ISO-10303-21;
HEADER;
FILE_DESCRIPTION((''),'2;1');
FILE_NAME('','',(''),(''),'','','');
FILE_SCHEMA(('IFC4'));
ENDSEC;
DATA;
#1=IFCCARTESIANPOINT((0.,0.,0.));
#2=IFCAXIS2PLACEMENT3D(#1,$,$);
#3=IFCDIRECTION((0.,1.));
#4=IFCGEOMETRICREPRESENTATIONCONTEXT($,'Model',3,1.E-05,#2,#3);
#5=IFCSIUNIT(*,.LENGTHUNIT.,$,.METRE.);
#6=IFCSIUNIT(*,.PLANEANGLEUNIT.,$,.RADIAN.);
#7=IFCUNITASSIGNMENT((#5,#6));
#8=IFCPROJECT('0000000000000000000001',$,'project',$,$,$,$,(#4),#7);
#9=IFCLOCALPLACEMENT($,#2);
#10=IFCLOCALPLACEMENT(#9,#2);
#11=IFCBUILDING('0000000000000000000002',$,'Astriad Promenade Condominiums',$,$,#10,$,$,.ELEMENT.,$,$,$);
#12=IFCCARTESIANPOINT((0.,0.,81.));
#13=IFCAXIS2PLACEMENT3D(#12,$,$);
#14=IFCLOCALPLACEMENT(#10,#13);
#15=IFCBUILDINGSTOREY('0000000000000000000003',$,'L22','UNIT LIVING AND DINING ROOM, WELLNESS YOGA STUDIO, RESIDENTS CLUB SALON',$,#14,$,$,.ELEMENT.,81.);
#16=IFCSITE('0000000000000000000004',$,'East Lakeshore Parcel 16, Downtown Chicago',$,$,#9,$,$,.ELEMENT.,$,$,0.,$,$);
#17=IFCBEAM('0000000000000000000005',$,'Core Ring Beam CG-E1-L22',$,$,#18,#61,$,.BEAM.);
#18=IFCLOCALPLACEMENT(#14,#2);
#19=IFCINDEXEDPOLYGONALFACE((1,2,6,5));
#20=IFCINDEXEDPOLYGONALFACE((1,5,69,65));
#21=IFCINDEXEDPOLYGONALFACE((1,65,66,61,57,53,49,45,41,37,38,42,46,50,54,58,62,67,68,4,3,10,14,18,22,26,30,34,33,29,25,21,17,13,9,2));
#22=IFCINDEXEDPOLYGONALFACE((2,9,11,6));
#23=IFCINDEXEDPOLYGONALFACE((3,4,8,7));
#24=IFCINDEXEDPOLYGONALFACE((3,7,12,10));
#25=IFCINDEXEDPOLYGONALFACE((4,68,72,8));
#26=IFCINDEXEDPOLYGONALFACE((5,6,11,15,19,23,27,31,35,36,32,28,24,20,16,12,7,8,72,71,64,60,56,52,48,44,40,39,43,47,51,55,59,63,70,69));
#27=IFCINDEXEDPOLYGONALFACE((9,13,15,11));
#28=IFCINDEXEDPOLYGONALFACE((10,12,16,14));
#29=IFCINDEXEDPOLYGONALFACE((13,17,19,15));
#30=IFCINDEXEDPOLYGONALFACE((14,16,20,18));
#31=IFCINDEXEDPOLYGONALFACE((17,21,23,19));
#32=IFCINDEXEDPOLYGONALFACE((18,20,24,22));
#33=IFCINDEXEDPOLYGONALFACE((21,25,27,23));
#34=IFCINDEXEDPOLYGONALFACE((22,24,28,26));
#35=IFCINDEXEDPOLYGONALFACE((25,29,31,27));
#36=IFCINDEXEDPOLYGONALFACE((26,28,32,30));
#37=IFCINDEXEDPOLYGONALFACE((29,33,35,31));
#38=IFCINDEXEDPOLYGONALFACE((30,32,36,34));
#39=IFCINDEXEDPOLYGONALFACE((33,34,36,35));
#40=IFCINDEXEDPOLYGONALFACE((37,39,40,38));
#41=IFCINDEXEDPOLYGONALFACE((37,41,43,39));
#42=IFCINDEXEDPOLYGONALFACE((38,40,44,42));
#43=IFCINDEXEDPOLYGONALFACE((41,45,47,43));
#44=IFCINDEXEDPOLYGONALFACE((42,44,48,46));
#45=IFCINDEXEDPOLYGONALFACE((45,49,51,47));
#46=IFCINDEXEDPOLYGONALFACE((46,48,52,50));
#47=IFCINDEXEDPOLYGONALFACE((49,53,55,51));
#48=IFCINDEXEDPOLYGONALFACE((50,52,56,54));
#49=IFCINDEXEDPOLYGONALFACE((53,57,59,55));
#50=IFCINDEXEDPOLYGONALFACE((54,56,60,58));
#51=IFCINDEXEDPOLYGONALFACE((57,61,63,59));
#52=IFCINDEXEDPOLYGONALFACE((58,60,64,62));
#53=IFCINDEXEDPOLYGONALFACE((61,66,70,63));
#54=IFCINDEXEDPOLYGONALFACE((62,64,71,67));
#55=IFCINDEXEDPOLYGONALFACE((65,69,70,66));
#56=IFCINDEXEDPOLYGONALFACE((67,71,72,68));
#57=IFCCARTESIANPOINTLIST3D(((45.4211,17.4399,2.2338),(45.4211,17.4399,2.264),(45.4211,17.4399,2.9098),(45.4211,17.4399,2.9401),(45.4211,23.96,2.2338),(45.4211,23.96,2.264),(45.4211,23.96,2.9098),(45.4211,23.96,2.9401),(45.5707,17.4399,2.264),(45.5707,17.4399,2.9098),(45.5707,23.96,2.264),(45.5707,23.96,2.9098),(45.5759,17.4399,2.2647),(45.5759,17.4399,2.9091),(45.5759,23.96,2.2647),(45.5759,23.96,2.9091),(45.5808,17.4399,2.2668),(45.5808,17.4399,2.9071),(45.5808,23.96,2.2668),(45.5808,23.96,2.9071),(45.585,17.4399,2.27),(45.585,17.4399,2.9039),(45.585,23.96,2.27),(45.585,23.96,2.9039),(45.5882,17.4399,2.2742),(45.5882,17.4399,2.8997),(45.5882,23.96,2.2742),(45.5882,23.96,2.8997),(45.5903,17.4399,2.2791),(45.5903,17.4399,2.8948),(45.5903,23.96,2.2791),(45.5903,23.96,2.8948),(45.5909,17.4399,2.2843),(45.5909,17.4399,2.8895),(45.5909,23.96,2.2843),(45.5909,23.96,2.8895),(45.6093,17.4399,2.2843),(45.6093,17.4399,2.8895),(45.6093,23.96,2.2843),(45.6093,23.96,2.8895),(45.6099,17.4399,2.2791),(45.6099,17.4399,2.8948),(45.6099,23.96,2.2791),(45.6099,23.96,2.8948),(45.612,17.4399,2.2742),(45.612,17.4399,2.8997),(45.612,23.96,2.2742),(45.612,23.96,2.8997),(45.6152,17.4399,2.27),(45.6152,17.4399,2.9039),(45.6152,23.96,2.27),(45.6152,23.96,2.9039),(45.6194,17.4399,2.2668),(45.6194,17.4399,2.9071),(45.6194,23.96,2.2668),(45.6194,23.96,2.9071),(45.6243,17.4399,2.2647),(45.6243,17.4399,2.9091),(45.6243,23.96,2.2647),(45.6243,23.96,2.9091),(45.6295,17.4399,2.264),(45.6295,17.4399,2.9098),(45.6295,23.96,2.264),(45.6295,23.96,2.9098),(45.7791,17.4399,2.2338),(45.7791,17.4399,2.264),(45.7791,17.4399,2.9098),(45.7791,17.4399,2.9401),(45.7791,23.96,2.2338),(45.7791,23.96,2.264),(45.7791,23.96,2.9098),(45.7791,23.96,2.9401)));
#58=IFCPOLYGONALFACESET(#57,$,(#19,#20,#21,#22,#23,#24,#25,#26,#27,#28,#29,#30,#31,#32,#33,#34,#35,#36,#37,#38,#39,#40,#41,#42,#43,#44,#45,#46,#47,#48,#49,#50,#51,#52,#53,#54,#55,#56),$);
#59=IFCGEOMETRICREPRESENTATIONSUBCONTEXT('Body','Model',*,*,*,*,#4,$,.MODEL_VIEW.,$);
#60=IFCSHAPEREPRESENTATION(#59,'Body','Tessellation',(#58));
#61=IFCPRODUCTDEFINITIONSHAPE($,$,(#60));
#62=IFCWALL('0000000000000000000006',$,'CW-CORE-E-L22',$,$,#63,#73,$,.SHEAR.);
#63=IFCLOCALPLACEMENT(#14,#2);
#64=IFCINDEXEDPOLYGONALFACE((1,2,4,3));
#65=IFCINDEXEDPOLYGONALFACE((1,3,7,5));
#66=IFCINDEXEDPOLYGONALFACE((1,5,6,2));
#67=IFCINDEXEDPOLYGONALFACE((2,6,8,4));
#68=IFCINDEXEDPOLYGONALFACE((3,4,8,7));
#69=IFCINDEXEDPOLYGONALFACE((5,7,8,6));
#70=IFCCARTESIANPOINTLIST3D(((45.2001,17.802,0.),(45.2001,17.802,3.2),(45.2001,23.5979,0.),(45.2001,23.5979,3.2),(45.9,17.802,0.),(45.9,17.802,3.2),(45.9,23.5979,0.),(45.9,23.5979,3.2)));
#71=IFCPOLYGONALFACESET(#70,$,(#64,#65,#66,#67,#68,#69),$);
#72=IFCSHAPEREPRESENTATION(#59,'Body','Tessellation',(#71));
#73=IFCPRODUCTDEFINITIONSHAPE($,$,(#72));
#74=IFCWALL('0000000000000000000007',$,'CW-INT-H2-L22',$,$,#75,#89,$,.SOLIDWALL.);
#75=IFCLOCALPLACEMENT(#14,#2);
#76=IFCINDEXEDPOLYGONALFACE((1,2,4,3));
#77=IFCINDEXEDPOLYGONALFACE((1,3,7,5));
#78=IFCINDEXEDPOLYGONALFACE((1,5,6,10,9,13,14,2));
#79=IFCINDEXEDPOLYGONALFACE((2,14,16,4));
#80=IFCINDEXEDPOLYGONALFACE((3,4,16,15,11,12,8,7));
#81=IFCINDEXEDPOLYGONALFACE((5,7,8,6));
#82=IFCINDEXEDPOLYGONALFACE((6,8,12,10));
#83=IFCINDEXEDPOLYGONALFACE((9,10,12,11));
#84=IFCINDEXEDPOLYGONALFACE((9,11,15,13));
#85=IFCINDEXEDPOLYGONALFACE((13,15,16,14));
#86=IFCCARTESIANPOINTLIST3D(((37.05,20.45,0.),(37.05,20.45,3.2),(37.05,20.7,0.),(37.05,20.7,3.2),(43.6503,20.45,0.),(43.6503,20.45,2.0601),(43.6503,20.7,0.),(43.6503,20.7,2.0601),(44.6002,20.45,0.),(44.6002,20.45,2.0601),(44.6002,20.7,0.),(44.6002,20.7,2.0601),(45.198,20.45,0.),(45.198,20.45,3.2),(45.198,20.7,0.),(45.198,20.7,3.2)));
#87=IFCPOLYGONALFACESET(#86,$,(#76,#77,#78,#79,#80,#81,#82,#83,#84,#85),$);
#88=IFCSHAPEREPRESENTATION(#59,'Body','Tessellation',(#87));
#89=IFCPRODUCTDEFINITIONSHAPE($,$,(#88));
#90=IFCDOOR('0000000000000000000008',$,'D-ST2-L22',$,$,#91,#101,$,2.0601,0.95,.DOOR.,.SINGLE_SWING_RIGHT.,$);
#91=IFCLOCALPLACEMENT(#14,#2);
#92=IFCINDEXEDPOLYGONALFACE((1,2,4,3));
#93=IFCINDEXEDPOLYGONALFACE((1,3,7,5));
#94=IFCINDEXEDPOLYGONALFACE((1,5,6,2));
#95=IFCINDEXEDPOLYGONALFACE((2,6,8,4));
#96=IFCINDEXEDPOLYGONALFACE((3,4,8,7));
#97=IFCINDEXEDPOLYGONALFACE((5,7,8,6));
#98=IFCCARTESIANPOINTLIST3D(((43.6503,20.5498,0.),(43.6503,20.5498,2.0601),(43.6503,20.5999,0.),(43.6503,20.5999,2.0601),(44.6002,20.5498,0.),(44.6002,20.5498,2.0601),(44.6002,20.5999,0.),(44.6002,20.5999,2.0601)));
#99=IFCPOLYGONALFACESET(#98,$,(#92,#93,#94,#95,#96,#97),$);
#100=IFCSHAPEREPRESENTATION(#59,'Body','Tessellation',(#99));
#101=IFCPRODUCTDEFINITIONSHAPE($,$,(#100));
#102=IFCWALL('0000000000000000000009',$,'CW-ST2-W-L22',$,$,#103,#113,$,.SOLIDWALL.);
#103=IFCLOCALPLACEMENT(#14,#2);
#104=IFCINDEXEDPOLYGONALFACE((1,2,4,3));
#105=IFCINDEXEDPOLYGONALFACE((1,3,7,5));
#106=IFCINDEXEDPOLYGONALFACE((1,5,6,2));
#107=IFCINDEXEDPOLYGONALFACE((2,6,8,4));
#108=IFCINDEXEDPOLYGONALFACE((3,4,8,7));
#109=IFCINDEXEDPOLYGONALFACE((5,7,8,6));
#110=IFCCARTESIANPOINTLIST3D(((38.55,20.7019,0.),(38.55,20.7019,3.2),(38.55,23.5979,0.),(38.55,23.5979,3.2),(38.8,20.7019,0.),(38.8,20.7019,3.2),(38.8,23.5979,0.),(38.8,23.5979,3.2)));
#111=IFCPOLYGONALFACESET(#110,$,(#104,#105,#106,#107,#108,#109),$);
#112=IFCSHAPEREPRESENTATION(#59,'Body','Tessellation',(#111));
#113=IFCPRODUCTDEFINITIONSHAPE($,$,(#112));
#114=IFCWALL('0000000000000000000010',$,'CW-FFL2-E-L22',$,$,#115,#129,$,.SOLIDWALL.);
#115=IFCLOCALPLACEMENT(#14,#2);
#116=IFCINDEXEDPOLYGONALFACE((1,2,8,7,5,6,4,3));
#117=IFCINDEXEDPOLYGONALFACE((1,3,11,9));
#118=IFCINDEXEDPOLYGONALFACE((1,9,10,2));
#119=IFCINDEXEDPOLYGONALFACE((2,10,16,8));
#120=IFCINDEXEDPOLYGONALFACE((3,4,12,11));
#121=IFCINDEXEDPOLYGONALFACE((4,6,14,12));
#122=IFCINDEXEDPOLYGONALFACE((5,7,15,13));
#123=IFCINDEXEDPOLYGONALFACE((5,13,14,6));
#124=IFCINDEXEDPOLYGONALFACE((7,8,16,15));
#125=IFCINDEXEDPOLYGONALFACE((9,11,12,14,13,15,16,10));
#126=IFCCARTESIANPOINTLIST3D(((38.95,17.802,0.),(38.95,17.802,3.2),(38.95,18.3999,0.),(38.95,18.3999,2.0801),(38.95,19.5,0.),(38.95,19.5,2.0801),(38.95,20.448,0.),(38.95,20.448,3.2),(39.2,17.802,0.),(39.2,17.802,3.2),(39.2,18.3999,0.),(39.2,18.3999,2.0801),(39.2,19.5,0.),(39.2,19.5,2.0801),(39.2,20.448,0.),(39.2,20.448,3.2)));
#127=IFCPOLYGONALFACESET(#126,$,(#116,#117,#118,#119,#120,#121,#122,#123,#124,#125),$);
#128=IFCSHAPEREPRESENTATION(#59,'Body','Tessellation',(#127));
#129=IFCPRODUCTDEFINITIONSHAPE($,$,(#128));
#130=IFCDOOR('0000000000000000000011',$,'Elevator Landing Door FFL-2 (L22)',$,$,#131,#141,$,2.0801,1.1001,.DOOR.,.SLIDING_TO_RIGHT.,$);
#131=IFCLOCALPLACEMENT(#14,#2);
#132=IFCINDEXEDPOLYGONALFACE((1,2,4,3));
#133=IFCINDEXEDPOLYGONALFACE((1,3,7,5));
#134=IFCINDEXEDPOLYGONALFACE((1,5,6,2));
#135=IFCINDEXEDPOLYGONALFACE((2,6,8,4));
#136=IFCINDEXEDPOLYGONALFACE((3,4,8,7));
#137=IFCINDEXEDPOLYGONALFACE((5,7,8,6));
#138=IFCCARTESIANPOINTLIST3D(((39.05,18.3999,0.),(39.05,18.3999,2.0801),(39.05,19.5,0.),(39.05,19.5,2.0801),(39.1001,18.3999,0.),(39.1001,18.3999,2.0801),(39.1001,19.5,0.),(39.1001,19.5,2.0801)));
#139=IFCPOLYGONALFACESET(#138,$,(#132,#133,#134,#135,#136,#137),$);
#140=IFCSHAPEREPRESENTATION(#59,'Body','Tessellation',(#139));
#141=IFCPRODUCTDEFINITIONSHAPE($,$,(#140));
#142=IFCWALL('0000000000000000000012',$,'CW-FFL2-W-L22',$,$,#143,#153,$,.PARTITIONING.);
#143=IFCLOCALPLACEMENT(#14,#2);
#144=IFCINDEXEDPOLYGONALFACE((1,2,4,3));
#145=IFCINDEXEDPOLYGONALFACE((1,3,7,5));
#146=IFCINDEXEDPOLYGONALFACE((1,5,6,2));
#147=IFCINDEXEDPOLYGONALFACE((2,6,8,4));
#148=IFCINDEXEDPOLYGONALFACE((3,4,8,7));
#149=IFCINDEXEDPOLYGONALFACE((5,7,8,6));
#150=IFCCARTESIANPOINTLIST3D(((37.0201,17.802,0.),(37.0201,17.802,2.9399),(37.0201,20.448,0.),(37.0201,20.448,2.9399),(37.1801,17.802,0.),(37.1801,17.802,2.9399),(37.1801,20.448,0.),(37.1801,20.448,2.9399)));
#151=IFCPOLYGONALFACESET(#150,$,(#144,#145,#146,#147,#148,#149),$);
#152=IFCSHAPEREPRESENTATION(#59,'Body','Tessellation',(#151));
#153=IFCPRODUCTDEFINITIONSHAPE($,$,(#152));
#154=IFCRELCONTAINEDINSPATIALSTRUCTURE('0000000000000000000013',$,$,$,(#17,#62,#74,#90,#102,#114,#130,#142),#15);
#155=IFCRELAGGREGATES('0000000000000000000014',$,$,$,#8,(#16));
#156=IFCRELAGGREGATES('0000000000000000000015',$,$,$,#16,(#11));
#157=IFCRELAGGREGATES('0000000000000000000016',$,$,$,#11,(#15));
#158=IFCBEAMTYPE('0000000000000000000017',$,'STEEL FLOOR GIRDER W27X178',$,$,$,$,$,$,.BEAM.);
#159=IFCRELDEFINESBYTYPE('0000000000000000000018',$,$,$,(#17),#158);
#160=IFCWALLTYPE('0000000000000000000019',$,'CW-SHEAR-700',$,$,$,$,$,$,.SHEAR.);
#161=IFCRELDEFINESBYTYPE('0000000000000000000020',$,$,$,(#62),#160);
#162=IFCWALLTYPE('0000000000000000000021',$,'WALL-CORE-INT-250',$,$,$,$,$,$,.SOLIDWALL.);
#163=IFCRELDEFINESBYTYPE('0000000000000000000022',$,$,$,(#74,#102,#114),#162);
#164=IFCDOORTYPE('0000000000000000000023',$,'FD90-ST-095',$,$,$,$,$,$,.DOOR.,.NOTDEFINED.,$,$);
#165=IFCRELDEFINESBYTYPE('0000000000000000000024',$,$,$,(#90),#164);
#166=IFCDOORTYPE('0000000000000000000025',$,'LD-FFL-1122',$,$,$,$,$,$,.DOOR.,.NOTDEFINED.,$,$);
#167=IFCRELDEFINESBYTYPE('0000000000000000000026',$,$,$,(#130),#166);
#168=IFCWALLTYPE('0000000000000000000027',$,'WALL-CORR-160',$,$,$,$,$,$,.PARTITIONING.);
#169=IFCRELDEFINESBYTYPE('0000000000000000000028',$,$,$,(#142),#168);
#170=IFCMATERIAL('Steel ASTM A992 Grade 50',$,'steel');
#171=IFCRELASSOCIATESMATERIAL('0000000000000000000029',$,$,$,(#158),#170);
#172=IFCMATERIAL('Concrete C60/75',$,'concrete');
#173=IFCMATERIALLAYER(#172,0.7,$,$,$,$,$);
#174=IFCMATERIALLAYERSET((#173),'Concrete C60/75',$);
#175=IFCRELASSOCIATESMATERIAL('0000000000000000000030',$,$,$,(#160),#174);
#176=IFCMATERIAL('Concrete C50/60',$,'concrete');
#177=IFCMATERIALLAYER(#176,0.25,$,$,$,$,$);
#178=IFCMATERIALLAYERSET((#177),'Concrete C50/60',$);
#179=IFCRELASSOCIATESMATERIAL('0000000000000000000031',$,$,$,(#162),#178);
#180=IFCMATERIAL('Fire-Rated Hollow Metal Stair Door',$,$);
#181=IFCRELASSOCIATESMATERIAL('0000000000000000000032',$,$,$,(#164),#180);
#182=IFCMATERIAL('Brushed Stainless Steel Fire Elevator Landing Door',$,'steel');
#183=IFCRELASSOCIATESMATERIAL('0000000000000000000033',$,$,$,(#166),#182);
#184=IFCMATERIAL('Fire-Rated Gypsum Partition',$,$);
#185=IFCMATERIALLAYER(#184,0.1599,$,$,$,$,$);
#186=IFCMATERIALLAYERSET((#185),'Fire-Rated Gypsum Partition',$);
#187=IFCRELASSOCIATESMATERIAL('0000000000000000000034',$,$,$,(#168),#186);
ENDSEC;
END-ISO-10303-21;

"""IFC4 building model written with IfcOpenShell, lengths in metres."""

from ifc_helpers import new_model, si_unit, direction, frame, frame_2d, origin, origin_2d, place, context, subcontext, project, spatial, rectangle, i_section, extrude, source, transform, mapped, material, layer, layer_set, material_profile, profile_set, type_object, type_shapes, element, fill, save


model = new_model("IFC4")

# Units and contexts
model_context = context("Model", 3, precision=1e-05, world=origin(), true_north=direction((0.0, 1.0)))
body_context = subcontext(model_context, "Body", "Model", "MODEL_VIEW")
ifc_project = project(units=[si_unit("LENGTHUNIT", "METRE"), si_unit("PLANEANGLEUNIT", "RADIAN")], contexts=[model_context])

# Site, building, storey
site_placement = place(None, origin())
site = spatial("IfcSite", under=ifc_project, at=site_placement, Name="East Lakeshore Parcel 16, Downtown Chicago", CompositionType="ELEMENT", RefElevation=0.0)
building_placement = place(site_placement, origin())
building = spatial("IfcBuilding", under=site, at=building_placement, Name="Astriad Promenade Condominiums", CompositionType="ELEMENT")
storey_placement = place(building_placement, frame((0.0, 0.0, 81.0)))
storey = spatial("IfcBuildingStorey", under=building, at=storey_placement, Name="L22", Description="UNIT LIVING AND DINING ROOM, WELLNESS YOGA STUDIO, RESIDENTS CLUB SALON", CompositionType="ELEMENT", Elevation=81.0)

# Shared definitions
ifc_material_1 = material(Name="Steel ASTM A992 Grade 50", Category="steel")

# Beam
ifc_material_profile_1 = material_profile(ifc_material_1, i_section(OverallWidth=0.3579, OverallDepth=0.7063, WebThickness=0.0183, FlangeThickness=0.0303, FilletRadius=0.0203, at=origin_2d()), Name="W27X178")
ifc_profile_set_1 = profile_set([ifc_material_profile_1], Name="Steel ASTM A992 Grade 50")
beam_type_1 = type_object("IfcBeamType", Name="STEEL FLOOR GIRDER W27X178", PredefinedType="BEAM", material=ifc_profile_set_1)
shared_shape_1 = source(origin(), body_context, "Body", "SweptSolid", [
    extrude(i_section(OverallWidth=0.3579, OverallDepth=0.7063, WebThickness=0.0183, FlangeThickness=0.0303, FilletRadius=0.0203, at=origin_2d()), origin(), (0.0, 0.0, 1.0), 6.52),
])
type_shapes(beam_type_1, [shared_shape_1])
beam_1_placement = place(storey_placement, frame((45.6001, 17.4399, 2.5869), z_axis=(0.0, 1.0, 0.0), x_axis=(-1.0, 0.0, 0.0)))
element("IfcBeam", 1, at=beam_1_placement, inside=storey, type_object=beam_type_1, Name="Core Ring Beam CG-E1-L22", PredefinedType="BEAM", context=body_context, shape_type="MappedRepresentation", body=[
    mapped(shared_shape_1, transform((0.0, 0.0, 0.0), scale=1.0)),
])

# Wall
ifc_material_2 = material(Name="Concrete C60/75", Category="concrete")
ifc_layer_1 = layer(ifc_material_2, 0.7)
ifc_layer_set_1 = layer_set([ifc_layer_1], Name="Concrete C60/75")
wall_type_1 = type_object("IfcWallType", Name="CW-SHEAR-700", PredefinedType="SHEAR", material=ifc_layer_set_1)
wall_1_placement = place(storey_placement, frame((45.55, 17.802, 0.0), z_axis=(0.0, 0.0, 1.0), x_axis=(0.0, 1.0, 0.0)))
element("IfcWall", 2, at=wall_1_placement, inside=storey, type_object=wall_type_1, Name="CW-CORE-E-L22", PredefinedType="SHEAR", context=body_context, shape_type="SweptSolid", body=[
    extrude(rectangle(XDim=5.7959, YDim=0.7, at=frame_2d((2.8979, 0.0))), origin(), (0.0, 0.0, 1.0), 3.2),
])

# Wall, opening, door
ifc_material_3 = material(Name="Concrete C50/60", Category="concrete")
ifc_layer_2 = layer(ifc_material_3, 0.25)
ifc_layer_set_2 = layer_set([ifc_layer_2], Name="Concrete C50/60")
wall_type_2 = type_object("IfcWallType", Name="WALL-CORE-INT-250", PredefinedType="SOLIDWALL", material=ifc_layer_set_2)
wall_2_placement = place(storey_placement, frame((37.05, 20.575, 0.0), z_axis=(0.0, 0.0, 1.0), x_axis=(1.0, 0.0, 0.0)))
wall_2 = element("IfcWall", 3, at=wall_2_placement, inside=storey, type_object=wall_type_2, Name="CW-INT-H2-L22", PredefinedType="SOLIDWALL", context=body_context, shape_type="SweptSolid", body=[
    extrude(rectangle(XDim=8.1479, YDim=0.25, at=frame_2d((4.074, 0.0))), origin(), (0.0, 0.0, 1.0), 3.2),
])
opening_1_placement = place(wall_2_placement, frame((6.6001, 0.0, 0.0)))
opening_1 = element("IfcOpeningElement", 4, at=opening_1_placement, cuts=wall_2, PredefinedType="OPENING", context=body_context, shape_type="SweptSolid", body=[
    extrude(rectangle(XDim=0.95, YDim=2.0601, at=frame_2d((0.4751, 1.03))), frame((0.0, 0.135, 0.0), z_axis=(0.0, -1.0, 0.0), x_axis=(1.0, 0.0, 0.0)), (0.0, 0.0, 1.0), 0.27),
])
ifc_material_4 = material(Name="Fire-Rated Hollow Metal Stair Door")
door_type_1 = type_object("IfcDoorType", Name="FD90-ST-095", OperationType="NOTDEFINED", PredefinedType="DOOR", material=ifc_material_4)
shared_shape_2 = source(origin(), body_context, "Body", "SweptSolid", [
    extrude(rectangle(XDim=0.95, YDim=2.0601, at=frame_2d((0.4751, 1.03))), frame((0.0, 0.0249, 0.0), z_axis=(0.0, -1.0, 0.0), x_axis=(1.0, 0.0, 0.0)), (0.0, 0.0, 1.0), 0.05),
])
type_shapes(door_type_1, [shared_shape_2])
door_1_placement = place(opening_1_placement, origin())
door_1 = element("IfcDoor", 5, at=door_1_placement, inside=storey, type_object=door_type_1, Name="D-ST2-L22", OperationType="SINGLE_SWING_RIGHT", OverallHeight=2.0601, OverallWidth=0.95, PredefinedType="DOOR", context=body_context, shape_type="MappedRepresentation", body=[
    mapped(shared_shape_2, transform((0.0, 0.0, 0.0), scale=1.0)),
])
fill(opening_1, door_1)

# Wall
wall_3_placement = place(storey_placement, frame((38.675, 20.7019, 0.0), z_axis=(0.0, 0.0, 1.0), x_axis=(0.0, 1.0, 0.0)))
element("IfcWall", 6, at=wall_3_placement, inside=storey, type_object=wall_type_2, Name="CW-ST2-W-L22", PredefinedType="SOLIDWALL", context=body_context, shape_type="SweptSolid", body=[
    extrude(rectangle(XDim=2.896, YDim=0.25, at=frame_2d((1.448, 0.0))), origin(), (0.0, 0.0, 1.0), 3.2),
])

# Wall, opening, door
wall_4_placement = place(storey_placement, frame((39.075, 17.802, 0.0), z_axis=(0.0, 0.0, 1.0), x_axis=(0.0, 1.0, 0.0)))
wall_4 = element("IfcWall", 7, at=wall_4_placement, inside=storey, type_object=wall_type_2, Name="CW-FFL2-E-L22", PredefinedType="SOLIDWALL", context=body_context, shape_type="SweptSolid", body=[
    extrude(rectangle(XDim=2.646, YDim=0.25, at=frame_2d((1.323, 0.0))), origin(), (0.0, 0.0, 1.0), 3.2),
])
opening_2_placement = place(wall_4_placement, frame((0.5979, 0.0, 0.0)))
opening_2 = element("IfcOpeningElement", 8, at=opening_2_placement, cuts=wall_4, PredefinedType="OPENING", context=body_context, shape_type="SweptSolid", body=[
    extrude(rectangle(XDim=1.1001, YDim=2.0801, at=frame_2d((0.55, 1.04))), frame((0.0, 0.135, 0.0), z_axis=(0.0, -1.0, 0.0), x_axis=(1.0, 0.0, 0.0)), (0.0, 0.0, 1.0), 0.27),
])
ifc_material_5 = material(Name="Brushed Stainless Steel Fire Elevator Landing Door", Category="steel")
door_type_2 = type_object("IfcDoorType", Name="LD-FFL-1122", OperationType="NOTDEFINED", PredefinedType="DOOR", material=ifc_material_5)
shared_shape_3 = source(origin(), body_context, "Body", "SweptSolid", [
    extrude(rectangle(XDim=1.1001, YDim=2.0801, at=frame_2d((0.55, 1.04))), frame((0.0, 0.0249, 0.0), z_axis=(0.0, -1.0, 0.0), x_axis=(1.0, 0.0, 0.0)), (0.0, 0.0, 1.0), 0.05),
])
type_shapes(door_type_2, [shared_shape_3])
door_2_placement = place(opening_2_placement, origin())
door_2 = element("IfcDoor", 9, at=door_2_placement, inside=storey, type_object=door_type_2, Name="Elevator Landing Door FFL-2 (L22)", OperationType="SLIDING_TO_RIGHT", OverallHeight=2.0801, OverallWidth=1.1001, PredefinedType="DOOR", context=body_context, shape_type="MappedRepresentation", body=[
    mapped(shared_shape_3, transform((0.0, 0.0, 0.0), scale=1.0)),
])
fill(opening_2, door_2)

# Wall
ifc_material_6 = material(Name="Fire-Rated Gypsum Partition")
ifc_layer_3 = layer(ifc_material_6, 0.1599)
ifc_layer_set_3 = layer_set([ifc_layer_3], Name="Fire-Rated Gypsum Partition")
wall_type_3 = type_object("IfcWallType", Name="WALL-CORR-160", PredefinedType="PARTITIONING", material=ifc_layer_set_3)
wall_5_placement = place(storey_placement, frame((37.1001, 17.802, 0.0), z_axis=(0.0, 0.0, 1.0), x_axis=(0.0, 1.0, 0.0)))
element("IfcWall", 10, at=wall_5_placement, inside=storey, type_object=wall_type_3, Name="CW-FFL2-W-L22", PredefinedType="PARTITIONING", context=body_context, shape_type="SweptSolid", body=[
    extrude(rectangle(XDim=2.646, YDim=0.1599, at=frame_2d((1.323, 0.0))), origin(), (0.0, 0.0, 1.0), 2.9399),
])

save(model, "model.ifc")
